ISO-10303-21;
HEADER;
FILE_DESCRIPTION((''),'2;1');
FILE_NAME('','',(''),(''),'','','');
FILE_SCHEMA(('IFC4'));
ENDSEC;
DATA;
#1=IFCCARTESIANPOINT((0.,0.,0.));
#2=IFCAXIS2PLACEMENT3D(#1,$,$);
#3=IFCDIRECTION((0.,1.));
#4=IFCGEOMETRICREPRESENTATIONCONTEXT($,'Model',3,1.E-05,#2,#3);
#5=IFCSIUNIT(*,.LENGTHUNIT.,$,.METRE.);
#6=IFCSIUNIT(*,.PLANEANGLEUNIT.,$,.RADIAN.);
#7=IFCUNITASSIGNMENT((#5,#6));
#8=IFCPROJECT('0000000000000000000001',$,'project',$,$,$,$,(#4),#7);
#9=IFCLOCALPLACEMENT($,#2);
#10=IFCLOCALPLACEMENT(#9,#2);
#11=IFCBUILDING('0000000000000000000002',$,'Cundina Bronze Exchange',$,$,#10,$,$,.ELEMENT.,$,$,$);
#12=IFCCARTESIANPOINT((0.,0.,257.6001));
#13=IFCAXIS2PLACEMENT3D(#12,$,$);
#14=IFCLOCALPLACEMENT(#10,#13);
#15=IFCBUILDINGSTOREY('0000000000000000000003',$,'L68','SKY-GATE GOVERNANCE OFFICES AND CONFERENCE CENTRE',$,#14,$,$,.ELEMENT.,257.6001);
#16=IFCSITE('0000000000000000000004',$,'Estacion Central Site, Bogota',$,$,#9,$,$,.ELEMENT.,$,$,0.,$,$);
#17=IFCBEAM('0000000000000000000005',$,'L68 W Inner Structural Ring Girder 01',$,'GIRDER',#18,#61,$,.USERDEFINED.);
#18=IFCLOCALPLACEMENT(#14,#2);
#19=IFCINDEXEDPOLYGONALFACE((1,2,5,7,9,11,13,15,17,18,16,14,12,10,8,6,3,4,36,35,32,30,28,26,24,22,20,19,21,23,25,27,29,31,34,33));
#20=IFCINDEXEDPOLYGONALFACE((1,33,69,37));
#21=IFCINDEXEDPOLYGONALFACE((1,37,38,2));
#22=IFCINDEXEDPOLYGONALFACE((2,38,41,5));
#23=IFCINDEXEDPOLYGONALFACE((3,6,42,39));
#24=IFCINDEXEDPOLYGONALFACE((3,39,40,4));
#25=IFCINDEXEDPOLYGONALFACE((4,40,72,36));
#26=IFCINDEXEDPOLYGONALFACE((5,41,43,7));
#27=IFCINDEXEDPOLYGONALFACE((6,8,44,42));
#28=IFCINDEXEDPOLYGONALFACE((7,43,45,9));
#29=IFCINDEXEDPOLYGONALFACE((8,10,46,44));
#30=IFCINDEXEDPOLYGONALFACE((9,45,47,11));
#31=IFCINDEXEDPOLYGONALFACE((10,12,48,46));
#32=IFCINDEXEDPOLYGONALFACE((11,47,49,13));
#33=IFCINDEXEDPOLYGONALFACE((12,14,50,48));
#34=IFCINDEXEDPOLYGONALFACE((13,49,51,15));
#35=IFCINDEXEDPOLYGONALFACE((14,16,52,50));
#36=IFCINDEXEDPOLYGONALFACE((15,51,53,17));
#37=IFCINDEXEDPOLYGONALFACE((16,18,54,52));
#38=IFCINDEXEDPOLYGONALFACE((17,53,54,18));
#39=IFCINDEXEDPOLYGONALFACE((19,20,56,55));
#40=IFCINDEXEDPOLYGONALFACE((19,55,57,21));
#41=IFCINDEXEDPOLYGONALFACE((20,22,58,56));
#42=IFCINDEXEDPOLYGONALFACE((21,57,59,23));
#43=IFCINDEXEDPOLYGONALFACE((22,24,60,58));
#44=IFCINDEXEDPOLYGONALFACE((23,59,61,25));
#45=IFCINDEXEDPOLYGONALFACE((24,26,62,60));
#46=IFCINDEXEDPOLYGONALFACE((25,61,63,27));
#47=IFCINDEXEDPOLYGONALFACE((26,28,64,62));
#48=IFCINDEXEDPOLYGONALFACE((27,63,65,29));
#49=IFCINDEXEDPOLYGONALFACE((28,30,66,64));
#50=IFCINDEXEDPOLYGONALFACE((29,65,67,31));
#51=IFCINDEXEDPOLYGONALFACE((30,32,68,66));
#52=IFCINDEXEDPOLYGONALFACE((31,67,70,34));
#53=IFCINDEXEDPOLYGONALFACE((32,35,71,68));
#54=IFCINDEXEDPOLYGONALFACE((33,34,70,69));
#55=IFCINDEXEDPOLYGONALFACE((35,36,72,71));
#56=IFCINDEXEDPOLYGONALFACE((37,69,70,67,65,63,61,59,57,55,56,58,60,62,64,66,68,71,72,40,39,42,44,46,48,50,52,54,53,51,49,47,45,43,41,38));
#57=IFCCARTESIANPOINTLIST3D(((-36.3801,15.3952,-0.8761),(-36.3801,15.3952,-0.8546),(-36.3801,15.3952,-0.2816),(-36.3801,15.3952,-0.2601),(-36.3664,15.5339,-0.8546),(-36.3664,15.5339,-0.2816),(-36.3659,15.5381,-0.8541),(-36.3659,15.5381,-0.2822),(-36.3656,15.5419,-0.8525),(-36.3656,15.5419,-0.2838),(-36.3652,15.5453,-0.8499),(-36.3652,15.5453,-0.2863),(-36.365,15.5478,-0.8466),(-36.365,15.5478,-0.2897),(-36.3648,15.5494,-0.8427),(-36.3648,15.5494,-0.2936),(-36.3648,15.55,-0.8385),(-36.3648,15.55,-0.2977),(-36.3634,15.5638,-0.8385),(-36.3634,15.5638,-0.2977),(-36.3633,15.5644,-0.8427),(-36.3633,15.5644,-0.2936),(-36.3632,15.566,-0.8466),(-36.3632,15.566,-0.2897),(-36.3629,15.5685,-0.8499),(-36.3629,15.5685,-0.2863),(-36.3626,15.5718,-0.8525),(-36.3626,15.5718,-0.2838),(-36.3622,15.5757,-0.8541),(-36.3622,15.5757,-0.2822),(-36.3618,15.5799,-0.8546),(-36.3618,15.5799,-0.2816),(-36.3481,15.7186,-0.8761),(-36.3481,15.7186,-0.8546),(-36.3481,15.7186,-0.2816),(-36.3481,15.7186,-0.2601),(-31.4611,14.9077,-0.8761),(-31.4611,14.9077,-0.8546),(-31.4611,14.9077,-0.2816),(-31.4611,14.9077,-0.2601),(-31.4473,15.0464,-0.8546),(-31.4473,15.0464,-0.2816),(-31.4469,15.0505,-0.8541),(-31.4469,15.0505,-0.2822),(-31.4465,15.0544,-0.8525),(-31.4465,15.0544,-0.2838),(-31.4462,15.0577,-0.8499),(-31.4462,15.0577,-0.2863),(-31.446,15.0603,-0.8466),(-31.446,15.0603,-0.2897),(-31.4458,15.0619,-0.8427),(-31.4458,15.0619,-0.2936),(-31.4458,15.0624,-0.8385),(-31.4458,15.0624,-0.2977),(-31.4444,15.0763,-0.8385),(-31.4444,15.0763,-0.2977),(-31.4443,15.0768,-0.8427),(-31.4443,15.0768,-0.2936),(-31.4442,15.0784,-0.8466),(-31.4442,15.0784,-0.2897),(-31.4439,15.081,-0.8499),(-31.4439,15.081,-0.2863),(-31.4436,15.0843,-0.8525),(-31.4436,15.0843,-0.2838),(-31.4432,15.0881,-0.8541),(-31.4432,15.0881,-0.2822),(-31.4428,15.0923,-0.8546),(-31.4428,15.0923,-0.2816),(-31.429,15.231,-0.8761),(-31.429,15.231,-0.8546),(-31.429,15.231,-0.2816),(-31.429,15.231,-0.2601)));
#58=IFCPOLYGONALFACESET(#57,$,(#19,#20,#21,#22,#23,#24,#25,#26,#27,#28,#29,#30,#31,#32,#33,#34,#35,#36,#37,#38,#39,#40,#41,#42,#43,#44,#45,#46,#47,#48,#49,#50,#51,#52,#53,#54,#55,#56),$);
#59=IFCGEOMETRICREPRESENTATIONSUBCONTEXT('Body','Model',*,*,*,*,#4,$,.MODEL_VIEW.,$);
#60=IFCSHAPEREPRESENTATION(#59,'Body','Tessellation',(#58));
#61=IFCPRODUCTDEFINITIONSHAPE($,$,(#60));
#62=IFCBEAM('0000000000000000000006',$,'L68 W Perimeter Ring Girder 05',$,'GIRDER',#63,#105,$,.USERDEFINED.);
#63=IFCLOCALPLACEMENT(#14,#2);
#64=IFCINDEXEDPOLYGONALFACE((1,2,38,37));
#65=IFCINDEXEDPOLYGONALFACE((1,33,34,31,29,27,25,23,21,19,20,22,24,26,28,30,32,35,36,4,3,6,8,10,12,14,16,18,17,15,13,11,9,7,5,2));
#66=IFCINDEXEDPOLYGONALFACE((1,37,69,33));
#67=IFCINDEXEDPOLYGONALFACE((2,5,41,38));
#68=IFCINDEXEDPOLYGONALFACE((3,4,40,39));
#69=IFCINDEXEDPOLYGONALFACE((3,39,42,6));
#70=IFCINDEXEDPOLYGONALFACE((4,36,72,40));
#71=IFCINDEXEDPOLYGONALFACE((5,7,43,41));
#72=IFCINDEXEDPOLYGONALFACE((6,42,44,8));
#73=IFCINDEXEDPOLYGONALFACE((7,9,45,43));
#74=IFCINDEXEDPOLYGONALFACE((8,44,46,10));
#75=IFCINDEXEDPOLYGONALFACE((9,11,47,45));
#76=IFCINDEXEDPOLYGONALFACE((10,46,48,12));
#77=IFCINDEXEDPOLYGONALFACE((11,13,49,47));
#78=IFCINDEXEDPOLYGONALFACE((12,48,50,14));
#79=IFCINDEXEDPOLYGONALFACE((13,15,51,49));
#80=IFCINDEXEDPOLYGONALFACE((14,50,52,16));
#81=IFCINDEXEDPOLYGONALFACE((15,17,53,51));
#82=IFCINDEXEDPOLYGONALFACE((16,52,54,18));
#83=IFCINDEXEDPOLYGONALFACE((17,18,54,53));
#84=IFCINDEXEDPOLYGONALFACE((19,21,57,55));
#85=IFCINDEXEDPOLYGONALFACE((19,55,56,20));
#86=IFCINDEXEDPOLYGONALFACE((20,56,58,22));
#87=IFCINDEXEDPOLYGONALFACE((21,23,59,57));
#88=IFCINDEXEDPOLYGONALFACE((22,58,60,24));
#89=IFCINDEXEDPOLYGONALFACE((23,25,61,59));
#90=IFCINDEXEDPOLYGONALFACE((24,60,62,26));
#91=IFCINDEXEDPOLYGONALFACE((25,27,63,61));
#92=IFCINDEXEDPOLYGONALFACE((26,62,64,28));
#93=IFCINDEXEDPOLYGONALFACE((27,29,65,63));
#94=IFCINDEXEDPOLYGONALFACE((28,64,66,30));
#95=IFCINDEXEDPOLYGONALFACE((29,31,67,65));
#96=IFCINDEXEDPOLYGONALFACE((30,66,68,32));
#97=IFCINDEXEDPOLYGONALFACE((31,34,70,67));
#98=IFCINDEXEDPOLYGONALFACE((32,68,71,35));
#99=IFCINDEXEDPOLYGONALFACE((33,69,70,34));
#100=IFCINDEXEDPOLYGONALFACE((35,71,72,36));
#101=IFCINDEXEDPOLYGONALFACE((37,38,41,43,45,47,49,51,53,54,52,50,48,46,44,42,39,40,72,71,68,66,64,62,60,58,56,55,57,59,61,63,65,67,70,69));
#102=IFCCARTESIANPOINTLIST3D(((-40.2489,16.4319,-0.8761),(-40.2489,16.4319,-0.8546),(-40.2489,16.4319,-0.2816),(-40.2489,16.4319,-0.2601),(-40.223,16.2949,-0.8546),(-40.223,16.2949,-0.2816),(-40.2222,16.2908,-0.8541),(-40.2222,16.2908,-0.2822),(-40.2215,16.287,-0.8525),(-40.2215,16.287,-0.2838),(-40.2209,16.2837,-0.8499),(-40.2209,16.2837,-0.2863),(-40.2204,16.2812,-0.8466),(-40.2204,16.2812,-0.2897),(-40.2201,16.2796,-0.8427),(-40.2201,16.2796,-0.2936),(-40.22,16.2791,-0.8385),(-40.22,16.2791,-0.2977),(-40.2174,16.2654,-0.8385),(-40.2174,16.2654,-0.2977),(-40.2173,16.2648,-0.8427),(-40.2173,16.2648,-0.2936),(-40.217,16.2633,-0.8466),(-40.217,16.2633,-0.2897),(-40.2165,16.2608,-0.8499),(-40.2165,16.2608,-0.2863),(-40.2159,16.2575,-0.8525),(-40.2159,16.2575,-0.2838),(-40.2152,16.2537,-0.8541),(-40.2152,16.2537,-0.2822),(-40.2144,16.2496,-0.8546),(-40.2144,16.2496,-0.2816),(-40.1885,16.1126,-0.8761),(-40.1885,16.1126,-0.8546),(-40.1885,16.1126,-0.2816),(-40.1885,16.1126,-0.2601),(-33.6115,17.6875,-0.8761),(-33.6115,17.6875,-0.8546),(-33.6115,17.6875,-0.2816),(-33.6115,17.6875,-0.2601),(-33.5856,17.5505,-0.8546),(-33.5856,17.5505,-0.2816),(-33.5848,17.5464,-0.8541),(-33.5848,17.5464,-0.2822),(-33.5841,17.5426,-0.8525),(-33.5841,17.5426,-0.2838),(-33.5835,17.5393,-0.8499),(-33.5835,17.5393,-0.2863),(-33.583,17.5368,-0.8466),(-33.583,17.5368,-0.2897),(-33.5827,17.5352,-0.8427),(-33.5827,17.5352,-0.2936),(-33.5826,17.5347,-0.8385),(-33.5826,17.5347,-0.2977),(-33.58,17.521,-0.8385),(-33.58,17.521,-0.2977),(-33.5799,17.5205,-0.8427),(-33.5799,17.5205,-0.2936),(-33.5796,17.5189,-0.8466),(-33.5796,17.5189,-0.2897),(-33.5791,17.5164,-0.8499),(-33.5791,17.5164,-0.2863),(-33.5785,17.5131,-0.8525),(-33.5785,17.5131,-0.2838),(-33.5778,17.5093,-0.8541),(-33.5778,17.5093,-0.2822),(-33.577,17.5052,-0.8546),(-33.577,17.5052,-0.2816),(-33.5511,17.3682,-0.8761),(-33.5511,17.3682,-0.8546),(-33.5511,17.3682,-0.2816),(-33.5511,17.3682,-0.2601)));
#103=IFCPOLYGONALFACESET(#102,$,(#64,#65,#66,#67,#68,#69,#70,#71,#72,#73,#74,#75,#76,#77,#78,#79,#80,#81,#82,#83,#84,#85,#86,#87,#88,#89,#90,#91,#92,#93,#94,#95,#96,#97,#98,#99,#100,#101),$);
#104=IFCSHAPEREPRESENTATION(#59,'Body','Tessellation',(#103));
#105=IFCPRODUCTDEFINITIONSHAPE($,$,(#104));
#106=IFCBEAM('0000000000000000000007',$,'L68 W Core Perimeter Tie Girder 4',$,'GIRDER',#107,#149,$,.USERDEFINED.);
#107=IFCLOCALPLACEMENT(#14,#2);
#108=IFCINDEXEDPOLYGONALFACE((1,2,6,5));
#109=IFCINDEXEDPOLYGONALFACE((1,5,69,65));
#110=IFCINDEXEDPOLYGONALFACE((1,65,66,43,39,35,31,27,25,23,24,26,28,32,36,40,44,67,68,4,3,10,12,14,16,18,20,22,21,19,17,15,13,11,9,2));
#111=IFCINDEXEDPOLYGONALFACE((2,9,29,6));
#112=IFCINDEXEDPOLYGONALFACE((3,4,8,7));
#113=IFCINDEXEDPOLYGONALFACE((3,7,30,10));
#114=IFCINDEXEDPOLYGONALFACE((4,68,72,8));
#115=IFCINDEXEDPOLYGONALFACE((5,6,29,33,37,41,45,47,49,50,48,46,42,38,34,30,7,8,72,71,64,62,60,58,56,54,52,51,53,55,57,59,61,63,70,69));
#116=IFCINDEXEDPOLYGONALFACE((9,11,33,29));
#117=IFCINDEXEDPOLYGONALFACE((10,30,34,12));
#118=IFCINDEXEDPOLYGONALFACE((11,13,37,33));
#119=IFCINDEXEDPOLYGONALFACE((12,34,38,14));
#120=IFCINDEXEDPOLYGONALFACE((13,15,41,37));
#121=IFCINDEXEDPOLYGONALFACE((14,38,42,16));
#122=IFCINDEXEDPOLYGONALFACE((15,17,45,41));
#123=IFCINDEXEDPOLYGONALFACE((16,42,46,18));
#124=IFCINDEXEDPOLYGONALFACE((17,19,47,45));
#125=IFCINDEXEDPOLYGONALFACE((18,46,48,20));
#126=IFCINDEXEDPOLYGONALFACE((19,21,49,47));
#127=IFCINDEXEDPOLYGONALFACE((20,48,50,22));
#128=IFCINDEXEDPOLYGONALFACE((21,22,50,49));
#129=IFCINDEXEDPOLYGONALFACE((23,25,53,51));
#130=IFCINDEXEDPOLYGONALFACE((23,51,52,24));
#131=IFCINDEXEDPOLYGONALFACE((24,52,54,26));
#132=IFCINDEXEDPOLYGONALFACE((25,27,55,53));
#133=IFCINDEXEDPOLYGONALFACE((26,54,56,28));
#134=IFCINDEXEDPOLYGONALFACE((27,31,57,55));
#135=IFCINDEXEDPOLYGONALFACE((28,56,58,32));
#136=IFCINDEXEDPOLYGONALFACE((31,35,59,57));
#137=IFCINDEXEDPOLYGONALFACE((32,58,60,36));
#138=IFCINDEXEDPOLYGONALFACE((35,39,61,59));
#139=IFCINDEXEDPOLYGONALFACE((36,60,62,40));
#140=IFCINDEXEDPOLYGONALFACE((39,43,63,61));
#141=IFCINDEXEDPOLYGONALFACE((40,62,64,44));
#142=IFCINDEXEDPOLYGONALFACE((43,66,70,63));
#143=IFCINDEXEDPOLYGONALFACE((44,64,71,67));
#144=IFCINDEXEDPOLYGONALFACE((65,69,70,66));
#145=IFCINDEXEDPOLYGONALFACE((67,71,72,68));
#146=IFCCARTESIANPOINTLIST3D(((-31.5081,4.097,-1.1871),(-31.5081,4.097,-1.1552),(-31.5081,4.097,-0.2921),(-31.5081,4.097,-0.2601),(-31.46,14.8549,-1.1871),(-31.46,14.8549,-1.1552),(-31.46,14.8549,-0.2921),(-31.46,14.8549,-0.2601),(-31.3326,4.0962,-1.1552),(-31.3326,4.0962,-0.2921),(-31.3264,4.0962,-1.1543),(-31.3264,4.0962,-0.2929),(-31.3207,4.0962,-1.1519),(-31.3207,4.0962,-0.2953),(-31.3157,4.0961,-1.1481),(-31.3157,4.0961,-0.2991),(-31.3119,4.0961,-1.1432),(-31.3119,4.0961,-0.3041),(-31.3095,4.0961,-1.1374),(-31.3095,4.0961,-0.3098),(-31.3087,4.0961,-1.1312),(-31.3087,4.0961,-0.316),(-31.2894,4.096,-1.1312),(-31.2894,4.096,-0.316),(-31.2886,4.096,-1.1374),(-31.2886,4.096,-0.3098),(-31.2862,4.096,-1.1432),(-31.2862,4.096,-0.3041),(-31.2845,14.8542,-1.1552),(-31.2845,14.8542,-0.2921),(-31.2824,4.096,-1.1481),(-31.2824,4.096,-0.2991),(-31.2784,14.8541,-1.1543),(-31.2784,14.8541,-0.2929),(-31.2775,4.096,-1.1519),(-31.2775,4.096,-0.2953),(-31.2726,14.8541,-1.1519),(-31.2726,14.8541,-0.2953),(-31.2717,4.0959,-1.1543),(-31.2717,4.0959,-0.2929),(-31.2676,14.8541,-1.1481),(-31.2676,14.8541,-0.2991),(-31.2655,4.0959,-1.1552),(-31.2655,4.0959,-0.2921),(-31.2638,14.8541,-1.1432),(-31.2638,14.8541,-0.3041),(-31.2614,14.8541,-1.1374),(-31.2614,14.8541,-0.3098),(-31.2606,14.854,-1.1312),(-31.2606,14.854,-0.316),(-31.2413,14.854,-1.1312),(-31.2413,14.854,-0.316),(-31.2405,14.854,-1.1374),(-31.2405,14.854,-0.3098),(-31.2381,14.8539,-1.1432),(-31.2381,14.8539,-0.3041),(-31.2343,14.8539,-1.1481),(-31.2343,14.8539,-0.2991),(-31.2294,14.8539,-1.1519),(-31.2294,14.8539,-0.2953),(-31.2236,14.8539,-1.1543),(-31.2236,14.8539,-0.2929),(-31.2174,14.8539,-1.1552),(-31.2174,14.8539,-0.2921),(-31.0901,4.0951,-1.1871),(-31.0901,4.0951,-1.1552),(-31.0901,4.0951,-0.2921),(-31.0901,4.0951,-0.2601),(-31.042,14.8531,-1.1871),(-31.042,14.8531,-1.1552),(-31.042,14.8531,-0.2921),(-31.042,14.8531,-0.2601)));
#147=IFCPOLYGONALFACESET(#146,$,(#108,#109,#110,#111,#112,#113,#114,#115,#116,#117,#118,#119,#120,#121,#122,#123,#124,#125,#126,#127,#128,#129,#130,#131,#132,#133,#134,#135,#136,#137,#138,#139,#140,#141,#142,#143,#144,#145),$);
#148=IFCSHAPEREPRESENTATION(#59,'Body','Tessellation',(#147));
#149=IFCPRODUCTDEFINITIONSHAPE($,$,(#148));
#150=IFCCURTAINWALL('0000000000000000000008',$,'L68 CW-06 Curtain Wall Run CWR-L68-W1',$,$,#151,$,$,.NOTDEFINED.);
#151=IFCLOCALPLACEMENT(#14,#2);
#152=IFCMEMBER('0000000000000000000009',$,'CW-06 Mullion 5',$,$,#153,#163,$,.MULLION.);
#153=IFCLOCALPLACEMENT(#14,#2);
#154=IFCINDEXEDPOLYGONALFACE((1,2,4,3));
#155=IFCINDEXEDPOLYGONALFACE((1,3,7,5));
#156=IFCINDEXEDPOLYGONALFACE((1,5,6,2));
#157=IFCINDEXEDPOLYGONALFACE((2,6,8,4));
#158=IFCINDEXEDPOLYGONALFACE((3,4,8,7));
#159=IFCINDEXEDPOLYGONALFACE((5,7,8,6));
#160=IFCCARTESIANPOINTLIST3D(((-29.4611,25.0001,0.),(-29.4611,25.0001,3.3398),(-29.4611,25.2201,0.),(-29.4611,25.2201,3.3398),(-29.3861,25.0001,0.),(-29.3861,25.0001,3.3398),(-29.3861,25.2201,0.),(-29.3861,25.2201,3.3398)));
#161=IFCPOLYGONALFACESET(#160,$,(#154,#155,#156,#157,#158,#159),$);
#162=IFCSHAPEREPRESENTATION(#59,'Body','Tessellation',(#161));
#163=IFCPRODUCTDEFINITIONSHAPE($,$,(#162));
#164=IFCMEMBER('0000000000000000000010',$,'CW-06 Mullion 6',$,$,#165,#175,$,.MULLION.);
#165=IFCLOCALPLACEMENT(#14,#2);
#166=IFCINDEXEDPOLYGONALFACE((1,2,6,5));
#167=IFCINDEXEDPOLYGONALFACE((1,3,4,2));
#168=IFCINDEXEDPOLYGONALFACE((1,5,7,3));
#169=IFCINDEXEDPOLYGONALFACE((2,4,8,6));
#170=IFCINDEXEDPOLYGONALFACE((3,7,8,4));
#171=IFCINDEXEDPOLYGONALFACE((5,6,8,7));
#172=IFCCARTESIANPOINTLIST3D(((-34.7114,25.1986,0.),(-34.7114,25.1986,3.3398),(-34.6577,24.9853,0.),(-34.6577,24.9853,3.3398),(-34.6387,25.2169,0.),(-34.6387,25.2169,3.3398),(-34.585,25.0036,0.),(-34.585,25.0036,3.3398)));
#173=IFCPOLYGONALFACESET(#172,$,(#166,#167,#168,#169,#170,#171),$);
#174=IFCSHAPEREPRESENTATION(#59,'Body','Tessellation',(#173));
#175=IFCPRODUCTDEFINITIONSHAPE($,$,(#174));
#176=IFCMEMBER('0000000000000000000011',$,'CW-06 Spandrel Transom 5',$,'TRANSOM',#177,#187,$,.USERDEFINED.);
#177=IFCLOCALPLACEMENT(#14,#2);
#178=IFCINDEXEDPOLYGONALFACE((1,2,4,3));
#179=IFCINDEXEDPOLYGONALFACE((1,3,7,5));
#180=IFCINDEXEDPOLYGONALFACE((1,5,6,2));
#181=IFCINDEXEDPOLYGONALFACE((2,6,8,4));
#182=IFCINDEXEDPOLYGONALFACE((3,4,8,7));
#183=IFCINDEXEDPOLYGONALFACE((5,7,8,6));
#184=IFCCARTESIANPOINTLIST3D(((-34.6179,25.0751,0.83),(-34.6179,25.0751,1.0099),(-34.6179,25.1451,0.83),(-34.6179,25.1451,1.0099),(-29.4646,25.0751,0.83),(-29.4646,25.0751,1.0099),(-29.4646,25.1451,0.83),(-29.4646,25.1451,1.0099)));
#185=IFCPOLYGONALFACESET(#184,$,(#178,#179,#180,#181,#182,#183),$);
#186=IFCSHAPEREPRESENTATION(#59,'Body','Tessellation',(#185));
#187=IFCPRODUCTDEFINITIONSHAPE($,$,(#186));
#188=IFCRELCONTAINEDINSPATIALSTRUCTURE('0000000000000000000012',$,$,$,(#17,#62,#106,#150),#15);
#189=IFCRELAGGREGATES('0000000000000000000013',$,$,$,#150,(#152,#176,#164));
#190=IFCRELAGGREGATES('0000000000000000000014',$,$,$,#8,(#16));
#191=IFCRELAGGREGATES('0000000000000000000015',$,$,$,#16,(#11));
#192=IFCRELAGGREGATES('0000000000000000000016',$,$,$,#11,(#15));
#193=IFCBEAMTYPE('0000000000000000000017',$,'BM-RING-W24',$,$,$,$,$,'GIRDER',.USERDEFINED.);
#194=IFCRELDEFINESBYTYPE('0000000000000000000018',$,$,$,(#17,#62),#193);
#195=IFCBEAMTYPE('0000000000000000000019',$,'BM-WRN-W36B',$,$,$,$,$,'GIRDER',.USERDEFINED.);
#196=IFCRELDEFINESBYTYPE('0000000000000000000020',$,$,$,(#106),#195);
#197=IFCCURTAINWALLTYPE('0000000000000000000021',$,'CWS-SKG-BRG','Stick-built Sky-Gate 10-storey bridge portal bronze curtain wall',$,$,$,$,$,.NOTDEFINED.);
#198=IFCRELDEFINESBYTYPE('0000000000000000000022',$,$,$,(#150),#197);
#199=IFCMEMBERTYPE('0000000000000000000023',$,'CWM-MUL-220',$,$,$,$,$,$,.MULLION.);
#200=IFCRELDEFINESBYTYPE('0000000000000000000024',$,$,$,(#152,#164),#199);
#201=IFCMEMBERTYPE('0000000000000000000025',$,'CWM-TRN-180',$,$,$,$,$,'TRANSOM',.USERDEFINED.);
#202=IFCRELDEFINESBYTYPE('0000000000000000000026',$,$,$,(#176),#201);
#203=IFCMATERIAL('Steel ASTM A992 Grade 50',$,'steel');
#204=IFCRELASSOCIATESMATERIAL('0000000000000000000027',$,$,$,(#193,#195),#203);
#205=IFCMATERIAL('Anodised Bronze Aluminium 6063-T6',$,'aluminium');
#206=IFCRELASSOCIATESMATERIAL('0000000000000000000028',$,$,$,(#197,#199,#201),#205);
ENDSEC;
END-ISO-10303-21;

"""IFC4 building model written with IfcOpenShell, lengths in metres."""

from ifc_helpers import new_model, si_unit, direction, frame, origin, origin_2d, place, context, subcontext, project, spatial, rectangle, i_section, extrude, material, material_profile, profile_set, type_object, element, aggregate, save


model = new_model("IFC4")

# Units and contexts
model_context = context("Model", 3, precision=1e-05, world=origin(), true_north=direction((0.0, 1.0)))
body_context = subcontext(model_context, "Body", "Model", "MODEL_VIEW")
ifc_project = project(units=[si_unit("LENGTHUNIT", "METRE"), si_unit("PLANEANGLEUNIT", "RADIAN")], contexts=[model_context])

# Site, building, storey
site_placement = place(None, origin())
site = spatial("IfcSite", under=ifc_project, at=site_placement, Name="Estacion Central Site, Bogota", CompositionType="ELEMENT", RefElevation=0.0)
building_placement = place(site_placement, origin())
building = spatial("IfcBuilding", under=site, at=building_placement, Name="Cundina Bronze Exchange", CompositionType="ELEMENT")
storey_placement = place(building_placement, frame((0.0, 0.0, 257.6001)))
storey = spatial("IfcBuildingStorey", under=building, at=storey_placement, Name="L68", Description="SKY-GATE GOVERNANCE OFFICES AND CONFERENCE CENTRE", CompositionType="ELEMENT", Elevation=257.6001)

# Shared definitions
ifc_material_1 = material(Name="Steel ASTM A992 Grade 50", Category="steel")

# Beams
ifc_material_profile_1 = material_profile(ifc_material_1, i_section(OverallWidth=0.325, OverallDepth=0.616, WebThickness=0.0139, FlangeThickness=0.0215, FilletRadius=0.0161, at=origin_2d()), Name="W24X117", Category="steel")
ifc_profile_set_1 = profile_set([ifc_material_profile_1], Name="Steel ASTM A992 Grade 50")
beam_type_1 = type_object("IfcBeamType", Name="BM-RING-W24", ElementType="GIRDER", PredefinedType="USERDEFINED", material=ifc_profile_set_1)
beam_1_placement = place(storey_placement, frame((-31.4451, 15.0693, -0.5681), z_axis=(-0.995124, 0.098633, 0.0), x_axis=(-0.098633, -0.995124, 0.0)))
element("IfcBeam", 1, at=beam_1_placement, inside=storey, type_object=beam_type_1, Name="L68 W Inner Structural Ring Girder 01", ObjectType="GIRDER", PredefinedType="USERDEFINED", context=body_context, shape_type="SweptSolid", body=[
    extrude(i_section(OverallWidth=0.325, OverallDepth=0.616, WebThickness=0.0139, FlangeThickness=0.0215, FilletRadius=0.0161, at=origin_2d()), origin(), (0.0, 0.0, 1.0), 4.9431),
])
beam_2_placement = place(storey_placement, frame((-33.5813, 17.5278, -0.5681), z_axis=(-0.982573, -0.185875, 0.0), x_axis=(0.185875, -0.982573, 0.0)))
element("IfcBeam", 2, at=beam_2_placement, inside=storey, type_object=beam_type_1, Name="L68 W Perimeter Ring Girder 05", ObjectType="GIRDER", PredefinedType="USERDEFINED", context=body_context, shape_type="SweptSolid", body=[
    extrude(i_section(OverallWidth=0.325, OverallDepth=0.616, WebThickness=0.0139, FlangeThickness=0.0215, FilletRadius=0.0161, at=origin_2d()), origin(), (0.0, 0.0, 1.0), 6.7551),
])
ifc_material_profile_2 = material_profile(ifc_material_1, i_section(OverallWidth=0.418, OverallDepth=0.927, WebThickness=0.0193, FlangeThickness=0.032, FilletRadius=0.0239, at=origin_2d()), Name="W36X231", Category="steel")
ifc_profile_set_2 = profile_set([ifc_material_profile_2], Name="Steel ASTM A992 Grade 50")
beam_type_2 = type_object("IfcBeamType", Name="BM-WRN-W36B", ElementType="GIRDER", PredefinedType="USERDEFINED", material=ifc_profile_set_2)
beam_3_placement = place(storey_placement, frame((-31.251, 14.854, -0.7236), z_axis=(-0.004471, -0.99999, 0.0), x_axis=(0.99999, -0.004471, 0.0)))
element("IfcBeam", 3, at=beam_3_placement, inside=storey, type_object=beam_type_2, Name="L68 W Core Perimeter Tie Girder 4", ObjectType="GIRDER", PredefinedType="USERDEFINED", context=body_context, shape_type="SweptSolid", body=[
    extrude(i_section(OverallWidth=0.418, OverallDepth=0.927, WebThickness=0.0193, FlangeThickness=0.032, FilletRadius=0.0239, at=origin_2d()), origin(), (0.0, 0.0, 1.0), 10.7581),
])

# Curtain wall, members
ifc_material_2 = material(Name="Anodised Bronze Aluminium 6063-T6", Category="aluminium")
curtain_wall_type = type_object("IfcCurtainWallType", Name="CWS-SKG-BRG", Description="Stick-built Sky-Gate 10-storey bridge portal bronze curtain wall", PredefinedType="NOTDEFINED", material=ifc_material_2)
curtain_wall_placement = place(storey_placement, origin())
curtain_wall = element("IfcCurtainWall", 4, at=curtain_wall_placement, inside=storey, type_object=curtain_wall_type, Name="L68 CW-06 Curtain Wall Run CWR-L68-W1", PredefinedType="NOTDEFINED")
ifc_material_profile_3 = material_profile(ifc_material_2, rectangle(XDim=0.075, YDim=0.22, at=origin_2d()), Name="AL75X220", Category="aluminium")
ifc_profile_set_3 = profile_set([ifc_material_profile_3], Name="Anodised Bronze Aluminium 6063-T6")
member_type_1 = type_object("IfcMemberType", Name="CWM-MUL-220", PredefinedType="MULLION", material=ifc_profile_set_3)
member_1_placement = place(storey_placement, frame((-29.4236, 25.1101, 0.0), z_axis=(0.0, 0.0, 1.0), x_axis=(-1.0, 0.0, 0.0)))
member_1 = element("IfcMember", 5, at=member_1_placement, type_object=member_type_1, Name="CW-06 Mullion 5", PredefinedType="MULLION", context=body_context, shape_type="SweptSolid", body=[
    extrude(rectangle(XDim=0.075, YDim=0.22, at=origin_2d()), origin(), (0.0, 0.0, 1.0), 3.3398),
])
member_2_placement = place(storey_placement, frame((-34.6482, 25.1011, 0.0), z_axis=(0.0, 0.0, 1.0), x_axis=(-0.969744, -0.244123, 0.0)))
member_2 = element("IfcMember", 6, at=member_2_placement, type_object=member_type_1, Name="CW-06 Mullion 6", PredefinedType="MULLION", context=body_context, shape_type="SweptSolid", body=[
    extrude(rectangle(XDim=0.075, YDim=0.22, at=origin_2d()), origin(), (0.0, 0.0, 1.0), 3.3398),
])
ifc_material_profile_4 = material_profile(ifc_material_2, rectangle(XDim=0.0701, YDim=0.1799, at=origin_2d()), Name="AL70X180", Category="aluminium")
ifc_profile_set_4 = profile_set([ifc_material_profile_4], Name="Anodised Bronze Aluminium 6063-T6")
member_type_2 = type_object("IfcMemberType", Name="CWM-TRN-180", ElementType="TRANSOM", PredefinedType="USERDEFINED", material=ifc_profile_set_4)
member_3_placement = place(storey_placement, frame((-29.4646, 25.1101, 0.9199), z_axis=(-1.0, 0.0, 0.0), x_axis=(0.0, -1.0, 0.0)))
member_3 = element("IfcMember", 7, at=member_3_placement, type_object=member_type_2, Name="CW-06 Spandrel Transom 5", ObjectType="TRANSOM", PredefinedType="USERDEFINED", context=body_context, shape_type="SweptSolid", body=[
    extrude(rectangle(XDim=0.0701, YDim=0.1799, at=origin_2d()), origin(), (0.0, 0.0, 1.0), 5.1533),
])
aggregate(curtain_wall, [member_1, member_3, member_2])

save(model, "model.ifc")
